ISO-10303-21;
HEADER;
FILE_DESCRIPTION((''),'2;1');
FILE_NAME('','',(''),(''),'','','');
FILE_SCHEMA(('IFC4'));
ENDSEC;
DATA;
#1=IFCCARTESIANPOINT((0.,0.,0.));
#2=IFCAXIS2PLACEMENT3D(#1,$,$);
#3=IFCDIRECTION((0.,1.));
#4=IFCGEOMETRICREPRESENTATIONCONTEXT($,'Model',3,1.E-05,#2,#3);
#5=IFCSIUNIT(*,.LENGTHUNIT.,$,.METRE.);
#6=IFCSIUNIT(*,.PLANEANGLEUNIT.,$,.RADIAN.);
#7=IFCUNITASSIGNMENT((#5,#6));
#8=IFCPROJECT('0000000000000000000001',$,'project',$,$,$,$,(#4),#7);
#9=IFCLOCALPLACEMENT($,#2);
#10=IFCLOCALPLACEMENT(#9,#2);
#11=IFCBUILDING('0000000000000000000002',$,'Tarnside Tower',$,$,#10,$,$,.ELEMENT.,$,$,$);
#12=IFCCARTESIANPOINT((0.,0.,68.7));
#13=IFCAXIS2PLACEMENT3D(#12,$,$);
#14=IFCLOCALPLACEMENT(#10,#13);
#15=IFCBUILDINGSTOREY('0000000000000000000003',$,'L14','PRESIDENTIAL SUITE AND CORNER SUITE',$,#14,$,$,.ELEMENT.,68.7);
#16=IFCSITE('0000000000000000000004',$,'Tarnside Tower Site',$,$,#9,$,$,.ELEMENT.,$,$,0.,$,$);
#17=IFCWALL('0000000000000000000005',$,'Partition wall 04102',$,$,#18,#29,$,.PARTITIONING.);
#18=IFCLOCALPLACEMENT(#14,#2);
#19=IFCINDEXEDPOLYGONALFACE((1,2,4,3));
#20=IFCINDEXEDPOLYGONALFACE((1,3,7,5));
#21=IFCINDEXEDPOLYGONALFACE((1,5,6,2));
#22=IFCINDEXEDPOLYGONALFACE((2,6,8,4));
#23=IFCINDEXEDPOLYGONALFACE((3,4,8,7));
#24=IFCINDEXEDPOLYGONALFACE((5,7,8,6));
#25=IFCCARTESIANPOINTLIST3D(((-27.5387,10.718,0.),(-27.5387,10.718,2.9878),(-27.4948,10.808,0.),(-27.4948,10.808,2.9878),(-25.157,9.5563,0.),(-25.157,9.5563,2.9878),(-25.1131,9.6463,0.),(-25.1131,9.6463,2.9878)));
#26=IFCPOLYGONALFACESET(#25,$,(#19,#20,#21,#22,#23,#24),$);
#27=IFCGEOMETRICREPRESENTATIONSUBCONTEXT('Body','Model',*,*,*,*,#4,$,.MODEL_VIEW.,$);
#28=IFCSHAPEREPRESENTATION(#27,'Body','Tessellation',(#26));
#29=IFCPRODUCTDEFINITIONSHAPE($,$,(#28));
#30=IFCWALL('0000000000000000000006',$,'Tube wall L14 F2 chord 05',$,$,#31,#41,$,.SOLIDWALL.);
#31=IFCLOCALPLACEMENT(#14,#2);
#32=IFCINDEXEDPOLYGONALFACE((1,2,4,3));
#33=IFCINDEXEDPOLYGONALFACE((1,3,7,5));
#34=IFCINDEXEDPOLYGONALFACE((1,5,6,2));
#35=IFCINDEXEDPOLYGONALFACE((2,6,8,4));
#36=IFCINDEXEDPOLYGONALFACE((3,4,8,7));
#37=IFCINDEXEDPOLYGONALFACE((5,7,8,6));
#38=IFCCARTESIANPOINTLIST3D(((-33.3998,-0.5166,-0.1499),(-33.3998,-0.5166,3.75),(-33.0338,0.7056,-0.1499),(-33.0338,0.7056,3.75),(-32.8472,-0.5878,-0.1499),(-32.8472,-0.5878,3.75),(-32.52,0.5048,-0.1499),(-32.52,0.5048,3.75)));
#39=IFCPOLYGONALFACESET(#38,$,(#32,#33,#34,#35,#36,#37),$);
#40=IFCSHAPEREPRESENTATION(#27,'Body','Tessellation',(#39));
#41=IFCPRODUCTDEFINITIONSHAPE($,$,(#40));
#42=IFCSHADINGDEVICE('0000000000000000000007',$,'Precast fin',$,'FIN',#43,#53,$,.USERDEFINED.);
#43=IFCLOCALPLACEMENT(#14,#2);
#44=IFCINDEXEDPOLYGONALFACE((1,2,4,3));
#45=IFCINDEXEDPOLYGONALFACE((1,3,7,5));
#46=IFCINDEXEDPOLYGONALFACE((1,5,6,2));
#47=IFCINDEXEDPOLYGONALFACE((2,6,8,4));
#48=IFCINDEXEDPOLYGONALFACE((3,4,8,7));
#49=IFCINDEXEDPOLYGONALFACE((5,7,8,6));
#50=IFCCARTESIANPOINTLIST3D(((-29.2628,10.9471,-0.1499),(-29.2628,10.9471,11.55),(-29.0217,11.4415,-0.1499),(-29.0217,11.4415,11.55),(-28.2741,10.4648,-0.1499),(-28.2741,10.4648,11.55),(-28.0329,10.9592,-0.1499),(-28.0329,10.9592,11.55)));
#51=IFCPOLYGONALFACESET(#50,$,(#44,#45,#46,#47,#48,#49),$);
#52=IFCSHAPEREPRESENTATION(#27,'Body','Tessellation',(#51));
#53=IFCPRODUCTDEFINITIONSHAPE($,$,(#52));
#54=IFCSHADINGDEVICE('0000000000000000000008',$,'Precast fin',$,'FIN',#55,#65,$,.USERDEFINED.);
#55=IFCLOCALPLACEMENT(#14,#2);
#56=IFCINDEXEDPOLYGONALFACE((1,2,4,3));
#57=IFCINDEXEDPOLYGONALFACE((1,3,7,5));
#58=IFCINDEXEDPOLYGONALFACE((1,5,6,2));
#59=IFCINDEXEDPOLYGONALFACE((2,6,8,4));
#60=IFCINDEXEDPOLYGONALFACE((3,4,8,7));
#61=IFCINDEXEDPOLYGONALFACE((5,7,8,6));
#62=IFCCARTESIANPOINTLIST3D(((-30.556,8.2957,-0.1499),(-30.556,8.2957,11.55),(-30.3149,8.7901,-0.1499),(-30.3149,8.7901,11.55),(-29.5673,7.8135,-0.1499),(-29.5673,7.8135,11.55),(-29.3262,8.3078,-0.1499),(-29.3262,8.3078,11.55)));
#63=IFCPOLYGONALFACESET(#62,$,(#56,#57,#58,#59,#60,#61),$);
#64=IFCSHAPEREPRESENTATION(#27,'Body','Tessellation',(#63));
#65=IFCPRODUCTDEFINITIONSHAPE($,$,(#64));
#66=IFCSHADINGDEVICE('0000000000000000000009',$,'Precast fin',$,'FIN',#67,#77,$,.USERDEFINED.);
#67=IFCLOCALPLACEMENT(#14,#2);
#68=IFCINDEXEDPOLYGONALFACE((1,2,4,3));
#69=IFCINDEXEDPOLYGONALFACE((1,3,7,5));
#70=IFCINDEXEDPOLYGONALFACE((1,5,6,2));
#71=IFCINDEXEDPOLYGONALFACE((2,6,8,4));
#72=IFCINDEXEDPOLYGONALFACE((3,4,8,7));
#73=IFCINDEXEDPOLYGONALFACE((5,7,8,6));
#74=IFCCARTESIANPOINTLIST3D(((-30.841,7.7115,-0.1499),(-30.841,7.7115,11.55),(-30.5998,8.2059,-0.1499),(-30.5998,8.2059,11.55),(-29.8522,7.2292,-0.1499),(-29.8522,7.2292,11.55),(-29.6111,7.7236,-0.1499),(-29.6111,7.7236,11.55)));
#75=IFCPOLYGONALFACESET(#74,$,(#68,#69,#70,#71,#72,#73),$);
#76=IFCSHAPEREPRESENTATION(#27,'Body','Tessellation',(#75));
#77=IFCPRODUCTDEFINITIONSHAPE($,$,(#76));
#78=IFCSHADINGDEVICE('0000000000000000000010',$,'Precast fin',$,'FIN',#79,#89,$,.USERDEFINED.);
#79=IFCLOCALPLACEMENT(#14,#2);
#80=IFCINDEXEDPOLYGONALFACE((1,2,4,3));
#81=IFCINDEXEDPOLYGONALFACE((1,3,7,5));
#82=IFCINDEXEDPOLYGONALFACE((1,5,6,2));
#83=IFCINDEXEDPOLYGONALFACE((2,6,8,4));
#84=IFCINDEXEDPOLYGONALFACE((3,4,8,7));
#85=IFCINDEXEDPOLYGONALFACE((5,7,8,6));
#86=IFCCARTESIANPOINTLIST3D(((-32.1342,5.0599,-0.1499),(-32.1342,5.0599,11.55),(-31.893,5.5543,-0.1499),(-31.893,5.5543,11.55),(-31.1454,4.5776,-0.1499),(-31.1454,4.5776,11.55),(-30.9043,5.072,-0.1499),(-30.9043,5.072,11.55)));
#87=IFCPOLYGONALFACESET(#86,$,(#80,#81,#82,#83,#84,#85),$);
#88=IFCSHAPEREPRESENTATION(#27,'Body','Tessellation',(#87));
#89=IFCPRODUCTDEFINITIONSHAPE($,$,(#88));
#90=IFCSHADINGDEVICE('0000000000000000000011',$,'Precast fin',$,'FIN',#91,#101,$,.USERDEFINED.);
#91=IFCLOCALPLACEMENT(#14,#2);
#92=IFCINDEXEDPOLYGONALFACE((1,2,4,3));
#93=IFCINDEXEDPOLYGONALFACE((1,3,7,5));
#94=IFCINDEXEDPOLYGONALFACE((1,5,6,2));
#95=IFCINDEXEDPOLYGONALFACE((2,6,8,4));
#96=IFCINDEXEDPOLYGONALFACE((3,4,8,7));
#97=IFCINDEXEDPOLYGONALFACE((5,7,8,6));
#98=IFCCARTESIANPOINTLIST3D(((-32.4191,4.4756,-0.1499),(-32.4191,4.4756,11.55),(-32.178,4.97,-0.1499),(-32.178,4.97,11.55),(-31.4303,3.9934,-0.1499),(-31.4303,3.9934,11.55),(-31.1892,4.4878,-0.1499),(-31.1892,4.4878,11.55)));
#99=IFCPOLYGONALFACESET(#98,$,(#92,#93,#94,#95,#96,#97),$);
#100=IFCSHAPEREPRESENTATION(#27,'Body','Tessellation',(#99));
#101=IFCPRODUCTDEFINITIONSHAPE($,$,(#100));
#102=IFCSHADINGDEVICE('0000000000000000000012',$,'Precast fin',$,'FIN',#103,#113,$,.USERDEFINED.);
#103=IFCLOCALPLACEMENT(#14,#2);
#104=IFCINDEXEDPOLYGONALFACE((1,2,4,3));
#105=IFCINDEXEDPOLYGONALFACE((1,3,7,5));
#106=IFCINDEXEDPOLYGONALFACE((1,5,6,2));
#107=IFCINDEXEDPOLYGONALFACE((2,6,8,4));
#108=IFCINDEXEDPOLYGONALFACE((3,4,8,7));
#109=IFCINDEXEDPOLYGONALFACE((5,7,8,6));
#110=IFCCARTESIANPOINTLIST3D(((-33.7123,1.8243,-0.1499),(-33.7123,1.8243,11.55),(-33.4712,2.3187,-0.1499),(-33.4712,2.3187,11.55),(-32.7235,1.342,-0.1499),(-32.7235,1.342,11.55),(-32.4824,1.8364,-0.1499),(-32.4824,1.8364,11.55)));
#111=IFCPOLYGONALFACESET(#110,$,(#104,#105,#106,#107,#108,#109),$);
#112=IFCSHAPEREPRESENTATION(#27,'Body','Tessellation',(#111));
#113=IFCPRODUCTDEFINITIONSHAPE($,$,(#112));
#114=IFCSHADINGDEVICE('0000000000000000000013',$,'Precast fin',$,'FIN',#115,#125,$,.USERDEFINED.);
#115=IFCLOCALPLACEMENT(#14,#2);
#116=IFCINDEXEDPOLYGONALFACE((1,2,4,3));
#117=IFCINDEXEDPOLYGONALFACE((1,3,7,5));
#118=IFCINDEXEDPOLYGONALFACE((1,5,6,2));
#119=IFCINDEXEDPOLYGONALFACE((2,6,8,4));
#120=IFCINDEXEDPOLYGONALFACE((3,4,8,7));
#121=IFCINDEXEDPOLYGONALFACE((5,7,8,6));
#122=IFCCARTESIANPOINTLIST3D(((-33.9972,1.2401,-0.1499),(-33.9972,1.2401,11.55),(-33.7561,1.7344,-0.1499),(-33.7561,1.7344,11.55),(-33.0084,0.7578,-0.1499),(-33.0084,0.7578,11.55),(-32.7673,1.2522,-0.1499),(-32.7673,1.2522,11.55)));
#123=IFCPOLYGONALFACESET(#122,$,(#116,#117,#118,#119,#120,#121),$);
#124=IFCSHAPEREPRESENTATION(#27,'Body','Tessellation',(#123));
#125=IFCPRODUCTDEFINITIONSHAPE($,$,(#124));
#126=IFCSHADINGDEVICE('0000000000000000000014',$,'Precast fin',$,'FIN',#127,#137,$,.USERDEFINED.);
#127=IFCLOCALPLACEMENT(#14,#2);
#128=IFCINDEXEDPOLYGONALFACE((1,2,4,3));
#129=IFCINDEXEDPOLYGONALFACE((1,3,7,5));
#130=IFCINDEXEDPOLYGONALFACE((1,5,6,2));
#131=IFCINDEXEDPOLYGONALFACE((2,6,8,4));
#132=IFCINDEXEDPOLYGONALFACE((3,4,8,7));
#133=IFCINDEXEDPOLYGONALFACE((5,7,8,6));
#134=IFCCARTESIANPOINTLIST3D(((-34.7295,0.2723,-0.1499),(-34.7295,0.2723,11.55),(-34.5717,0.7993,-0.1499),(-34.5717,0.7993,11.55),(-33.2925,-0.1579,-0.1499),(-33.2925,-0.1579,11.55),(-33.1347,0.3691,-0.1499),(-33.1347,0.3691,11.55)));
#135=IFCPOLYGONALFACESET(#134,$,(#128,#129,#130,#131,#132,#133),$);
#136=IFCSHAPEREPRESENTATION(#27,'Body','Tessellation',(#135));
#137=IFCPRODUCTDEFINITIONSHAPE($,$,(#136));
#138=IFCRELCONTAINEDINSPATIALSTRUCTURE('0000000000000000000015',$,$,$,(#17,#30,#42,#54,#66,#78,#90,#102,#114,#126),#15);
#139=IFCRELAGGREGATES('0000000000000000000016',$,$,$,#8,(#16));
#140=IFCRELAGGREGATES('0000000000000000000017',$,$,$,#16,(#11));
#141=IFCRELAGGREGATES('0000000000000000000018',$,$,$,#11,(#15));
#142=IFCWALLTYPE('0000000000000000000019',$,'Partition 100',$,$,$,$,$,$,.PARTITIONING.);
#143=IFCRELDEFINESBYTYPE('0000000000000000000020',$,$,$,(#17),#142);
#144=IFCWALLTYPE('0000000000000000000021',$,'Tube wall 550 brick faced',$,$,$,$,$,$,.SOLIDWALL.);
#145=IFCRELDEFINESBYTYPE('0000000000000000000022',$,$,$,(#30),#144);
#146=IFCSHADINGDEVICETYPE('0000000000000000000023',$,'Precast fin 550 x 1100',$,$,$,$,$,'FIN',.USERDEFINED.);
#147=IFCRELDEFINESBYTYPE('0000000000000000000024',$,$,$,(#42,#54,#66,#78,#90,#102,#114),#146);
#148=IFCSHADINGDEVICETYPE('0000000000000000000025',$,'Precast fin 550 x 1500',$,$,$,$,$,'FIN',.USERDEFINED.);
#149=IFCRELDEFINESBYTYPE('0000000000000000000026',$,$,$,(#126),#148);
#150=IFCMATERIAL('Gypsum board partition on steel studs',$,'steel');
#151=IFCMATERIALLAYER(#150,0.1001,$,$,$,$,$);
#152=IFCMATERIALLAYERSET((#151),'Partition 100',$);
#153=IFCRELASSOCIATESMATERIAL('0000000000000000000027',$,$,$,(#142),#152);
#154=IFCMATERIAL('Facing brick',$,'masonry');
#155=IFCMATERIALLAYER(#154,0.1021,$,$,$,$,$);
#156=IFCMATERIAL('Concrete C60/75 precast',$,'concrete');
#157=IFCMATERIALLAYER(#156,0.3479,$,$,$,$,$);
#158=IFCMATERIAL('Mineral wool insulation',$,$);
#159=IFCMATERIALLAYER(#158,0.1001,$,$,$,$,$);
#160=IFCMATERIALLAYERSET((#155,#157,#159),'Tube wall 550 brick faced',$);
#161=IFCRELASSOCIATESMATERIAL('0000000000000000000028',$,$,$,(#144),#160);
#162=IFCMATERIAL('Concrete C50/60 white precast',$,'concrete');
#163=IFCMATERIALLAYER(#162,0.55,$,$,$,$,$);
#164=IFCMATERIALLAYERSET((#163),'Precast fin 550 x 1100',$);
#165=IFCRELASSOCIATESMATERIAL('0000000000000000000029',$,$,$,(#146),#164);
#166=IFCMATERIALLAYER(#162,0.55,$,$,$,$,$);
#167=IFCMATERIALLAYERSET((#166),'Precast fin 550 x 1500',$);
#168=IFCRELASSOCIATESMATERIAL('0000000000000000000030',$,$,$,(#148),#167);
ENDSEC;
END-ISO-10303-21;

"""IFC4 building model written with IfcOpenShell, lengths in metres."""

from ifc_helpers import new_model, si_unit, direction, frame, frame_2d, origin, place, context, subcontext, project, spatial, polyline, rectangle, outline, extrude, material, layer, layer_set, type_object, element, save


model = new_model("IFC4")

# Units and contexts
model_context = context("Model", 3, precision=1e-05, world=origin(), true_north=direction((0.0, 1.0)))
body_context = subcontext(model_context, "Body", "Model", "MODEL_VIEW")
ifc_project = project(units=[si_unit("LENGTHUNIT", "METRE"), si_unit("PLANEANGLEUNIT", "RADIAN")], contexts=[model_context])

# Site, building, storey
site_placement = place(None, origin())
site = spatial("IfcSite", under=ifc_project, at=site_placement, Name="Tarnside Tower Site", CompositionType="ELEMENT", RefElevation=0.0)
building_placement = place(site_placement, origin())
building = spatial("IfcBuilding", under=site, at=building_placement, Name="Tarnside Tower", CompositionType="ELEMENT")
storey_placement = place(building_placement, frame((0.0, 0.0, 68.7)))
storey = spatial("IfcBuildingStorey", under=building, at=storey_placement, Name="L14", Description="PRESIDENTIAL SUITE AND CORNER SUITE", CompositionType="ELEMENT", Elevation=68.7)

# Shared definitions
ifc_material_1 = material(Name="Gypsum board partition on steel studs", Category="steel")

# Shared definitions
ifc_layer_1 = layer(ifc_material_1, 0.1001)
ifc_layer_set_1 = layer_set([ifc_layer_1], Name="Partition 100")
wall_type_1 = type_object("IfcWallType", Name="Partition 100", PredefinedType="PARTITIONING", material=ifc_layer_set_1)

# Walls
wall_1_placement = place(storey_placement, frame((-25.135, 9.6013, 0.0), z_axis=(0.0, 0.0, 1.0), x_axis=(-0.898788, 0.438384, 0.0)))
element("IfcWall", 1, at=wall_1_placement, inside=storey, type_object=wall_type_1, Name="Partition wall 04102", PredefinedType="PARTITIONING", context=body_context, shape_type="SweptSolid", body=[
    extrude(rectangle(XDim=2.6499, YDim=0.1001, at=frame_2d((1.325, 0.0))), origin(), (0.0, 0.0, 1.0), 2.9878),
])
ifc_material_2 = material(Name="Facing brick", Category="masonry")
ifc_layer_2 = layer(ifc_material_2, 0.1021)
ifc_material_3 = material(Name="Concrete C60/75 precast", Category="concrete")
ifc_layer_3 = layer(ifc_material_3, 0.3479)
ifc_material_4 = material(Name="Mineral wool insulation")
ifc_layer_4 = layer(ifc_material_4, 0.1001)
ifc_layer_set_2 = layer_set([ifc_layer_2, ifc_layer_3, ifc_layer_4], Name="Tube wall 550 brick faced")
wall_type_2 = type_object("IfcWallType", Name="Tube wall 550 brick faced", PredefinedType="SOLIDWALL", material=ifc_layer_set_2)
wall_2_placement = place(storey_placement, frame((-32.7769, 0.6052, -0.1499), z_axis=(0.0, 0.0, 1.0), x_axis=(-0.286921, -0.957954, 0.0)))
element("IfcWall", 2, at=wall_2_placement, inside=storey, type_object=wall_type_2, Name="Tube wall L14 F2 chord 05", PredefinedType="SOLIDWALL", context=body_context, shape_type="SweptSolid", body=[
    extrude(outline(polyline([(-0.0225, -0.2749), (1.2534, -0.2749), (1.1631, 0.2749), (0.0225, 0.2749), (-0.0225, -0.2749)])), origin(), (0.0, 0.0, 1.0), 3.8999),
])

# Shading devices
ifc_material_5 = material(Name="Concrete C50/60 white precast", Category="concrete")
ifc_layer_5 = layer(ifc_material_5, 0.55)
ifc_layer_set_3 = layer_set([ifc_layer_5], Name="Precast fin 550 x 1100")
shading_device_type_1 = type_object("IfcShadingDeviceType", Name="Precast fin 550 x 1100", ElementType="FIN", PredefinedType="USERDEFINED", material=ifc_layer_set_3)
for number, where, z_axis, x_axis, name in (
    (3, (-28.1536, 10.7119, -0.1499), (0.438371, 0.898794, 0.0), (-0.898794, 0.438371, 0.0), "Precast fin"),
    (4, (-29.4468, 8.0605, -0.1499), (0.438371, 0.898794, 0.0), (-0.898794, 0.438371, 0.0), "Precast fin"),
    (5, (-29.7317, 7.4763, -0.1499), (0.438371, 0.898794, 0.0), (-0.898794, 0.438371, 0.0), "Precast fin"),
    (6, (-31.0249, 4.8247, -0.1499), (0.438371, 0.898794, 0.0), (-0.898794, 0.438371, 0.0), "Precast fin"),
    (7, (-31.3098, 4.2405, -0.1499), (0.438371, 0.898794, 0.0), (-0.898794, 0.438371, 0.0), "Precast fin"),
    (8, (-32.603, 1.5891, -0.1499), (0.438371, 0.898794, 0.0), (-0.898794, 0.438371, 0.0), "Precast fin"),
    (9, (-32.8879, 1.0049, -0.1499), (0.438371, 0.898794, 0.0), (-0.898794, 0.438371, 0.0), "Precast fin"),
):
    element("IfcShadingDevice", number, at=place(storey_placement, frame(where, z_axis=z_axis, x_axis=x_axis)), inside=storey, type_object=shading_device_type_1, Name=name, ObjectType="FIN", PredefinedType="USERDEFINED", context=body_context, shape_type="SweptSolid", body=[
        extrude(outline(polyline([(0.0, 0.0), (1.1001, 0.0), (1.1001, 11.7), (0.0, 11.7), (0.0, 0.0)])), frame((0.0, 0.0, -0.2749)), (0.0, 0.0, 1.0), 0.55),
    ])
ifc_layer_6 = layer(ifc_material_5, 0.55)
ifc_layer_set_4 = layer_set([ifc_layer_6], Name="Precast fin 550 x 1500")
shading_device_type_2 = type_object("IfcShadingDeviceType", Name="Precast fin 550 x 1500", ElementType="FIN", PredefinedType="USERDEFINED", material=ifc_layer_set_4)
shading_device_placement = place(storey_placement, frame((-33.2136, 0.1055, -0.1499), z_axis=(0.286803, 0.95799, 0.0), x_axis=(-0.95799, 0.286803, 0.0)))
element("IfcShadingDevice", 10, at=shading_device_placement, inside=storey, type_object=shading_device_type_2, Name="Precast fin", ObjectType="FIN", PredefinedType="USERDEFINED", context=body_context, shape_type="SweptSolid", body=[
    extrude(outline(polyline([(0.0, 0.0), (1.5, 0.0), (1.5, 11.7), (0.0, 11.7), (0.0, 0.0)])), frame((0.0, 0.0, -0.2749)), (0.0, 0.0, 1.0), 0.55),
])

save(model, "model.ifc")
